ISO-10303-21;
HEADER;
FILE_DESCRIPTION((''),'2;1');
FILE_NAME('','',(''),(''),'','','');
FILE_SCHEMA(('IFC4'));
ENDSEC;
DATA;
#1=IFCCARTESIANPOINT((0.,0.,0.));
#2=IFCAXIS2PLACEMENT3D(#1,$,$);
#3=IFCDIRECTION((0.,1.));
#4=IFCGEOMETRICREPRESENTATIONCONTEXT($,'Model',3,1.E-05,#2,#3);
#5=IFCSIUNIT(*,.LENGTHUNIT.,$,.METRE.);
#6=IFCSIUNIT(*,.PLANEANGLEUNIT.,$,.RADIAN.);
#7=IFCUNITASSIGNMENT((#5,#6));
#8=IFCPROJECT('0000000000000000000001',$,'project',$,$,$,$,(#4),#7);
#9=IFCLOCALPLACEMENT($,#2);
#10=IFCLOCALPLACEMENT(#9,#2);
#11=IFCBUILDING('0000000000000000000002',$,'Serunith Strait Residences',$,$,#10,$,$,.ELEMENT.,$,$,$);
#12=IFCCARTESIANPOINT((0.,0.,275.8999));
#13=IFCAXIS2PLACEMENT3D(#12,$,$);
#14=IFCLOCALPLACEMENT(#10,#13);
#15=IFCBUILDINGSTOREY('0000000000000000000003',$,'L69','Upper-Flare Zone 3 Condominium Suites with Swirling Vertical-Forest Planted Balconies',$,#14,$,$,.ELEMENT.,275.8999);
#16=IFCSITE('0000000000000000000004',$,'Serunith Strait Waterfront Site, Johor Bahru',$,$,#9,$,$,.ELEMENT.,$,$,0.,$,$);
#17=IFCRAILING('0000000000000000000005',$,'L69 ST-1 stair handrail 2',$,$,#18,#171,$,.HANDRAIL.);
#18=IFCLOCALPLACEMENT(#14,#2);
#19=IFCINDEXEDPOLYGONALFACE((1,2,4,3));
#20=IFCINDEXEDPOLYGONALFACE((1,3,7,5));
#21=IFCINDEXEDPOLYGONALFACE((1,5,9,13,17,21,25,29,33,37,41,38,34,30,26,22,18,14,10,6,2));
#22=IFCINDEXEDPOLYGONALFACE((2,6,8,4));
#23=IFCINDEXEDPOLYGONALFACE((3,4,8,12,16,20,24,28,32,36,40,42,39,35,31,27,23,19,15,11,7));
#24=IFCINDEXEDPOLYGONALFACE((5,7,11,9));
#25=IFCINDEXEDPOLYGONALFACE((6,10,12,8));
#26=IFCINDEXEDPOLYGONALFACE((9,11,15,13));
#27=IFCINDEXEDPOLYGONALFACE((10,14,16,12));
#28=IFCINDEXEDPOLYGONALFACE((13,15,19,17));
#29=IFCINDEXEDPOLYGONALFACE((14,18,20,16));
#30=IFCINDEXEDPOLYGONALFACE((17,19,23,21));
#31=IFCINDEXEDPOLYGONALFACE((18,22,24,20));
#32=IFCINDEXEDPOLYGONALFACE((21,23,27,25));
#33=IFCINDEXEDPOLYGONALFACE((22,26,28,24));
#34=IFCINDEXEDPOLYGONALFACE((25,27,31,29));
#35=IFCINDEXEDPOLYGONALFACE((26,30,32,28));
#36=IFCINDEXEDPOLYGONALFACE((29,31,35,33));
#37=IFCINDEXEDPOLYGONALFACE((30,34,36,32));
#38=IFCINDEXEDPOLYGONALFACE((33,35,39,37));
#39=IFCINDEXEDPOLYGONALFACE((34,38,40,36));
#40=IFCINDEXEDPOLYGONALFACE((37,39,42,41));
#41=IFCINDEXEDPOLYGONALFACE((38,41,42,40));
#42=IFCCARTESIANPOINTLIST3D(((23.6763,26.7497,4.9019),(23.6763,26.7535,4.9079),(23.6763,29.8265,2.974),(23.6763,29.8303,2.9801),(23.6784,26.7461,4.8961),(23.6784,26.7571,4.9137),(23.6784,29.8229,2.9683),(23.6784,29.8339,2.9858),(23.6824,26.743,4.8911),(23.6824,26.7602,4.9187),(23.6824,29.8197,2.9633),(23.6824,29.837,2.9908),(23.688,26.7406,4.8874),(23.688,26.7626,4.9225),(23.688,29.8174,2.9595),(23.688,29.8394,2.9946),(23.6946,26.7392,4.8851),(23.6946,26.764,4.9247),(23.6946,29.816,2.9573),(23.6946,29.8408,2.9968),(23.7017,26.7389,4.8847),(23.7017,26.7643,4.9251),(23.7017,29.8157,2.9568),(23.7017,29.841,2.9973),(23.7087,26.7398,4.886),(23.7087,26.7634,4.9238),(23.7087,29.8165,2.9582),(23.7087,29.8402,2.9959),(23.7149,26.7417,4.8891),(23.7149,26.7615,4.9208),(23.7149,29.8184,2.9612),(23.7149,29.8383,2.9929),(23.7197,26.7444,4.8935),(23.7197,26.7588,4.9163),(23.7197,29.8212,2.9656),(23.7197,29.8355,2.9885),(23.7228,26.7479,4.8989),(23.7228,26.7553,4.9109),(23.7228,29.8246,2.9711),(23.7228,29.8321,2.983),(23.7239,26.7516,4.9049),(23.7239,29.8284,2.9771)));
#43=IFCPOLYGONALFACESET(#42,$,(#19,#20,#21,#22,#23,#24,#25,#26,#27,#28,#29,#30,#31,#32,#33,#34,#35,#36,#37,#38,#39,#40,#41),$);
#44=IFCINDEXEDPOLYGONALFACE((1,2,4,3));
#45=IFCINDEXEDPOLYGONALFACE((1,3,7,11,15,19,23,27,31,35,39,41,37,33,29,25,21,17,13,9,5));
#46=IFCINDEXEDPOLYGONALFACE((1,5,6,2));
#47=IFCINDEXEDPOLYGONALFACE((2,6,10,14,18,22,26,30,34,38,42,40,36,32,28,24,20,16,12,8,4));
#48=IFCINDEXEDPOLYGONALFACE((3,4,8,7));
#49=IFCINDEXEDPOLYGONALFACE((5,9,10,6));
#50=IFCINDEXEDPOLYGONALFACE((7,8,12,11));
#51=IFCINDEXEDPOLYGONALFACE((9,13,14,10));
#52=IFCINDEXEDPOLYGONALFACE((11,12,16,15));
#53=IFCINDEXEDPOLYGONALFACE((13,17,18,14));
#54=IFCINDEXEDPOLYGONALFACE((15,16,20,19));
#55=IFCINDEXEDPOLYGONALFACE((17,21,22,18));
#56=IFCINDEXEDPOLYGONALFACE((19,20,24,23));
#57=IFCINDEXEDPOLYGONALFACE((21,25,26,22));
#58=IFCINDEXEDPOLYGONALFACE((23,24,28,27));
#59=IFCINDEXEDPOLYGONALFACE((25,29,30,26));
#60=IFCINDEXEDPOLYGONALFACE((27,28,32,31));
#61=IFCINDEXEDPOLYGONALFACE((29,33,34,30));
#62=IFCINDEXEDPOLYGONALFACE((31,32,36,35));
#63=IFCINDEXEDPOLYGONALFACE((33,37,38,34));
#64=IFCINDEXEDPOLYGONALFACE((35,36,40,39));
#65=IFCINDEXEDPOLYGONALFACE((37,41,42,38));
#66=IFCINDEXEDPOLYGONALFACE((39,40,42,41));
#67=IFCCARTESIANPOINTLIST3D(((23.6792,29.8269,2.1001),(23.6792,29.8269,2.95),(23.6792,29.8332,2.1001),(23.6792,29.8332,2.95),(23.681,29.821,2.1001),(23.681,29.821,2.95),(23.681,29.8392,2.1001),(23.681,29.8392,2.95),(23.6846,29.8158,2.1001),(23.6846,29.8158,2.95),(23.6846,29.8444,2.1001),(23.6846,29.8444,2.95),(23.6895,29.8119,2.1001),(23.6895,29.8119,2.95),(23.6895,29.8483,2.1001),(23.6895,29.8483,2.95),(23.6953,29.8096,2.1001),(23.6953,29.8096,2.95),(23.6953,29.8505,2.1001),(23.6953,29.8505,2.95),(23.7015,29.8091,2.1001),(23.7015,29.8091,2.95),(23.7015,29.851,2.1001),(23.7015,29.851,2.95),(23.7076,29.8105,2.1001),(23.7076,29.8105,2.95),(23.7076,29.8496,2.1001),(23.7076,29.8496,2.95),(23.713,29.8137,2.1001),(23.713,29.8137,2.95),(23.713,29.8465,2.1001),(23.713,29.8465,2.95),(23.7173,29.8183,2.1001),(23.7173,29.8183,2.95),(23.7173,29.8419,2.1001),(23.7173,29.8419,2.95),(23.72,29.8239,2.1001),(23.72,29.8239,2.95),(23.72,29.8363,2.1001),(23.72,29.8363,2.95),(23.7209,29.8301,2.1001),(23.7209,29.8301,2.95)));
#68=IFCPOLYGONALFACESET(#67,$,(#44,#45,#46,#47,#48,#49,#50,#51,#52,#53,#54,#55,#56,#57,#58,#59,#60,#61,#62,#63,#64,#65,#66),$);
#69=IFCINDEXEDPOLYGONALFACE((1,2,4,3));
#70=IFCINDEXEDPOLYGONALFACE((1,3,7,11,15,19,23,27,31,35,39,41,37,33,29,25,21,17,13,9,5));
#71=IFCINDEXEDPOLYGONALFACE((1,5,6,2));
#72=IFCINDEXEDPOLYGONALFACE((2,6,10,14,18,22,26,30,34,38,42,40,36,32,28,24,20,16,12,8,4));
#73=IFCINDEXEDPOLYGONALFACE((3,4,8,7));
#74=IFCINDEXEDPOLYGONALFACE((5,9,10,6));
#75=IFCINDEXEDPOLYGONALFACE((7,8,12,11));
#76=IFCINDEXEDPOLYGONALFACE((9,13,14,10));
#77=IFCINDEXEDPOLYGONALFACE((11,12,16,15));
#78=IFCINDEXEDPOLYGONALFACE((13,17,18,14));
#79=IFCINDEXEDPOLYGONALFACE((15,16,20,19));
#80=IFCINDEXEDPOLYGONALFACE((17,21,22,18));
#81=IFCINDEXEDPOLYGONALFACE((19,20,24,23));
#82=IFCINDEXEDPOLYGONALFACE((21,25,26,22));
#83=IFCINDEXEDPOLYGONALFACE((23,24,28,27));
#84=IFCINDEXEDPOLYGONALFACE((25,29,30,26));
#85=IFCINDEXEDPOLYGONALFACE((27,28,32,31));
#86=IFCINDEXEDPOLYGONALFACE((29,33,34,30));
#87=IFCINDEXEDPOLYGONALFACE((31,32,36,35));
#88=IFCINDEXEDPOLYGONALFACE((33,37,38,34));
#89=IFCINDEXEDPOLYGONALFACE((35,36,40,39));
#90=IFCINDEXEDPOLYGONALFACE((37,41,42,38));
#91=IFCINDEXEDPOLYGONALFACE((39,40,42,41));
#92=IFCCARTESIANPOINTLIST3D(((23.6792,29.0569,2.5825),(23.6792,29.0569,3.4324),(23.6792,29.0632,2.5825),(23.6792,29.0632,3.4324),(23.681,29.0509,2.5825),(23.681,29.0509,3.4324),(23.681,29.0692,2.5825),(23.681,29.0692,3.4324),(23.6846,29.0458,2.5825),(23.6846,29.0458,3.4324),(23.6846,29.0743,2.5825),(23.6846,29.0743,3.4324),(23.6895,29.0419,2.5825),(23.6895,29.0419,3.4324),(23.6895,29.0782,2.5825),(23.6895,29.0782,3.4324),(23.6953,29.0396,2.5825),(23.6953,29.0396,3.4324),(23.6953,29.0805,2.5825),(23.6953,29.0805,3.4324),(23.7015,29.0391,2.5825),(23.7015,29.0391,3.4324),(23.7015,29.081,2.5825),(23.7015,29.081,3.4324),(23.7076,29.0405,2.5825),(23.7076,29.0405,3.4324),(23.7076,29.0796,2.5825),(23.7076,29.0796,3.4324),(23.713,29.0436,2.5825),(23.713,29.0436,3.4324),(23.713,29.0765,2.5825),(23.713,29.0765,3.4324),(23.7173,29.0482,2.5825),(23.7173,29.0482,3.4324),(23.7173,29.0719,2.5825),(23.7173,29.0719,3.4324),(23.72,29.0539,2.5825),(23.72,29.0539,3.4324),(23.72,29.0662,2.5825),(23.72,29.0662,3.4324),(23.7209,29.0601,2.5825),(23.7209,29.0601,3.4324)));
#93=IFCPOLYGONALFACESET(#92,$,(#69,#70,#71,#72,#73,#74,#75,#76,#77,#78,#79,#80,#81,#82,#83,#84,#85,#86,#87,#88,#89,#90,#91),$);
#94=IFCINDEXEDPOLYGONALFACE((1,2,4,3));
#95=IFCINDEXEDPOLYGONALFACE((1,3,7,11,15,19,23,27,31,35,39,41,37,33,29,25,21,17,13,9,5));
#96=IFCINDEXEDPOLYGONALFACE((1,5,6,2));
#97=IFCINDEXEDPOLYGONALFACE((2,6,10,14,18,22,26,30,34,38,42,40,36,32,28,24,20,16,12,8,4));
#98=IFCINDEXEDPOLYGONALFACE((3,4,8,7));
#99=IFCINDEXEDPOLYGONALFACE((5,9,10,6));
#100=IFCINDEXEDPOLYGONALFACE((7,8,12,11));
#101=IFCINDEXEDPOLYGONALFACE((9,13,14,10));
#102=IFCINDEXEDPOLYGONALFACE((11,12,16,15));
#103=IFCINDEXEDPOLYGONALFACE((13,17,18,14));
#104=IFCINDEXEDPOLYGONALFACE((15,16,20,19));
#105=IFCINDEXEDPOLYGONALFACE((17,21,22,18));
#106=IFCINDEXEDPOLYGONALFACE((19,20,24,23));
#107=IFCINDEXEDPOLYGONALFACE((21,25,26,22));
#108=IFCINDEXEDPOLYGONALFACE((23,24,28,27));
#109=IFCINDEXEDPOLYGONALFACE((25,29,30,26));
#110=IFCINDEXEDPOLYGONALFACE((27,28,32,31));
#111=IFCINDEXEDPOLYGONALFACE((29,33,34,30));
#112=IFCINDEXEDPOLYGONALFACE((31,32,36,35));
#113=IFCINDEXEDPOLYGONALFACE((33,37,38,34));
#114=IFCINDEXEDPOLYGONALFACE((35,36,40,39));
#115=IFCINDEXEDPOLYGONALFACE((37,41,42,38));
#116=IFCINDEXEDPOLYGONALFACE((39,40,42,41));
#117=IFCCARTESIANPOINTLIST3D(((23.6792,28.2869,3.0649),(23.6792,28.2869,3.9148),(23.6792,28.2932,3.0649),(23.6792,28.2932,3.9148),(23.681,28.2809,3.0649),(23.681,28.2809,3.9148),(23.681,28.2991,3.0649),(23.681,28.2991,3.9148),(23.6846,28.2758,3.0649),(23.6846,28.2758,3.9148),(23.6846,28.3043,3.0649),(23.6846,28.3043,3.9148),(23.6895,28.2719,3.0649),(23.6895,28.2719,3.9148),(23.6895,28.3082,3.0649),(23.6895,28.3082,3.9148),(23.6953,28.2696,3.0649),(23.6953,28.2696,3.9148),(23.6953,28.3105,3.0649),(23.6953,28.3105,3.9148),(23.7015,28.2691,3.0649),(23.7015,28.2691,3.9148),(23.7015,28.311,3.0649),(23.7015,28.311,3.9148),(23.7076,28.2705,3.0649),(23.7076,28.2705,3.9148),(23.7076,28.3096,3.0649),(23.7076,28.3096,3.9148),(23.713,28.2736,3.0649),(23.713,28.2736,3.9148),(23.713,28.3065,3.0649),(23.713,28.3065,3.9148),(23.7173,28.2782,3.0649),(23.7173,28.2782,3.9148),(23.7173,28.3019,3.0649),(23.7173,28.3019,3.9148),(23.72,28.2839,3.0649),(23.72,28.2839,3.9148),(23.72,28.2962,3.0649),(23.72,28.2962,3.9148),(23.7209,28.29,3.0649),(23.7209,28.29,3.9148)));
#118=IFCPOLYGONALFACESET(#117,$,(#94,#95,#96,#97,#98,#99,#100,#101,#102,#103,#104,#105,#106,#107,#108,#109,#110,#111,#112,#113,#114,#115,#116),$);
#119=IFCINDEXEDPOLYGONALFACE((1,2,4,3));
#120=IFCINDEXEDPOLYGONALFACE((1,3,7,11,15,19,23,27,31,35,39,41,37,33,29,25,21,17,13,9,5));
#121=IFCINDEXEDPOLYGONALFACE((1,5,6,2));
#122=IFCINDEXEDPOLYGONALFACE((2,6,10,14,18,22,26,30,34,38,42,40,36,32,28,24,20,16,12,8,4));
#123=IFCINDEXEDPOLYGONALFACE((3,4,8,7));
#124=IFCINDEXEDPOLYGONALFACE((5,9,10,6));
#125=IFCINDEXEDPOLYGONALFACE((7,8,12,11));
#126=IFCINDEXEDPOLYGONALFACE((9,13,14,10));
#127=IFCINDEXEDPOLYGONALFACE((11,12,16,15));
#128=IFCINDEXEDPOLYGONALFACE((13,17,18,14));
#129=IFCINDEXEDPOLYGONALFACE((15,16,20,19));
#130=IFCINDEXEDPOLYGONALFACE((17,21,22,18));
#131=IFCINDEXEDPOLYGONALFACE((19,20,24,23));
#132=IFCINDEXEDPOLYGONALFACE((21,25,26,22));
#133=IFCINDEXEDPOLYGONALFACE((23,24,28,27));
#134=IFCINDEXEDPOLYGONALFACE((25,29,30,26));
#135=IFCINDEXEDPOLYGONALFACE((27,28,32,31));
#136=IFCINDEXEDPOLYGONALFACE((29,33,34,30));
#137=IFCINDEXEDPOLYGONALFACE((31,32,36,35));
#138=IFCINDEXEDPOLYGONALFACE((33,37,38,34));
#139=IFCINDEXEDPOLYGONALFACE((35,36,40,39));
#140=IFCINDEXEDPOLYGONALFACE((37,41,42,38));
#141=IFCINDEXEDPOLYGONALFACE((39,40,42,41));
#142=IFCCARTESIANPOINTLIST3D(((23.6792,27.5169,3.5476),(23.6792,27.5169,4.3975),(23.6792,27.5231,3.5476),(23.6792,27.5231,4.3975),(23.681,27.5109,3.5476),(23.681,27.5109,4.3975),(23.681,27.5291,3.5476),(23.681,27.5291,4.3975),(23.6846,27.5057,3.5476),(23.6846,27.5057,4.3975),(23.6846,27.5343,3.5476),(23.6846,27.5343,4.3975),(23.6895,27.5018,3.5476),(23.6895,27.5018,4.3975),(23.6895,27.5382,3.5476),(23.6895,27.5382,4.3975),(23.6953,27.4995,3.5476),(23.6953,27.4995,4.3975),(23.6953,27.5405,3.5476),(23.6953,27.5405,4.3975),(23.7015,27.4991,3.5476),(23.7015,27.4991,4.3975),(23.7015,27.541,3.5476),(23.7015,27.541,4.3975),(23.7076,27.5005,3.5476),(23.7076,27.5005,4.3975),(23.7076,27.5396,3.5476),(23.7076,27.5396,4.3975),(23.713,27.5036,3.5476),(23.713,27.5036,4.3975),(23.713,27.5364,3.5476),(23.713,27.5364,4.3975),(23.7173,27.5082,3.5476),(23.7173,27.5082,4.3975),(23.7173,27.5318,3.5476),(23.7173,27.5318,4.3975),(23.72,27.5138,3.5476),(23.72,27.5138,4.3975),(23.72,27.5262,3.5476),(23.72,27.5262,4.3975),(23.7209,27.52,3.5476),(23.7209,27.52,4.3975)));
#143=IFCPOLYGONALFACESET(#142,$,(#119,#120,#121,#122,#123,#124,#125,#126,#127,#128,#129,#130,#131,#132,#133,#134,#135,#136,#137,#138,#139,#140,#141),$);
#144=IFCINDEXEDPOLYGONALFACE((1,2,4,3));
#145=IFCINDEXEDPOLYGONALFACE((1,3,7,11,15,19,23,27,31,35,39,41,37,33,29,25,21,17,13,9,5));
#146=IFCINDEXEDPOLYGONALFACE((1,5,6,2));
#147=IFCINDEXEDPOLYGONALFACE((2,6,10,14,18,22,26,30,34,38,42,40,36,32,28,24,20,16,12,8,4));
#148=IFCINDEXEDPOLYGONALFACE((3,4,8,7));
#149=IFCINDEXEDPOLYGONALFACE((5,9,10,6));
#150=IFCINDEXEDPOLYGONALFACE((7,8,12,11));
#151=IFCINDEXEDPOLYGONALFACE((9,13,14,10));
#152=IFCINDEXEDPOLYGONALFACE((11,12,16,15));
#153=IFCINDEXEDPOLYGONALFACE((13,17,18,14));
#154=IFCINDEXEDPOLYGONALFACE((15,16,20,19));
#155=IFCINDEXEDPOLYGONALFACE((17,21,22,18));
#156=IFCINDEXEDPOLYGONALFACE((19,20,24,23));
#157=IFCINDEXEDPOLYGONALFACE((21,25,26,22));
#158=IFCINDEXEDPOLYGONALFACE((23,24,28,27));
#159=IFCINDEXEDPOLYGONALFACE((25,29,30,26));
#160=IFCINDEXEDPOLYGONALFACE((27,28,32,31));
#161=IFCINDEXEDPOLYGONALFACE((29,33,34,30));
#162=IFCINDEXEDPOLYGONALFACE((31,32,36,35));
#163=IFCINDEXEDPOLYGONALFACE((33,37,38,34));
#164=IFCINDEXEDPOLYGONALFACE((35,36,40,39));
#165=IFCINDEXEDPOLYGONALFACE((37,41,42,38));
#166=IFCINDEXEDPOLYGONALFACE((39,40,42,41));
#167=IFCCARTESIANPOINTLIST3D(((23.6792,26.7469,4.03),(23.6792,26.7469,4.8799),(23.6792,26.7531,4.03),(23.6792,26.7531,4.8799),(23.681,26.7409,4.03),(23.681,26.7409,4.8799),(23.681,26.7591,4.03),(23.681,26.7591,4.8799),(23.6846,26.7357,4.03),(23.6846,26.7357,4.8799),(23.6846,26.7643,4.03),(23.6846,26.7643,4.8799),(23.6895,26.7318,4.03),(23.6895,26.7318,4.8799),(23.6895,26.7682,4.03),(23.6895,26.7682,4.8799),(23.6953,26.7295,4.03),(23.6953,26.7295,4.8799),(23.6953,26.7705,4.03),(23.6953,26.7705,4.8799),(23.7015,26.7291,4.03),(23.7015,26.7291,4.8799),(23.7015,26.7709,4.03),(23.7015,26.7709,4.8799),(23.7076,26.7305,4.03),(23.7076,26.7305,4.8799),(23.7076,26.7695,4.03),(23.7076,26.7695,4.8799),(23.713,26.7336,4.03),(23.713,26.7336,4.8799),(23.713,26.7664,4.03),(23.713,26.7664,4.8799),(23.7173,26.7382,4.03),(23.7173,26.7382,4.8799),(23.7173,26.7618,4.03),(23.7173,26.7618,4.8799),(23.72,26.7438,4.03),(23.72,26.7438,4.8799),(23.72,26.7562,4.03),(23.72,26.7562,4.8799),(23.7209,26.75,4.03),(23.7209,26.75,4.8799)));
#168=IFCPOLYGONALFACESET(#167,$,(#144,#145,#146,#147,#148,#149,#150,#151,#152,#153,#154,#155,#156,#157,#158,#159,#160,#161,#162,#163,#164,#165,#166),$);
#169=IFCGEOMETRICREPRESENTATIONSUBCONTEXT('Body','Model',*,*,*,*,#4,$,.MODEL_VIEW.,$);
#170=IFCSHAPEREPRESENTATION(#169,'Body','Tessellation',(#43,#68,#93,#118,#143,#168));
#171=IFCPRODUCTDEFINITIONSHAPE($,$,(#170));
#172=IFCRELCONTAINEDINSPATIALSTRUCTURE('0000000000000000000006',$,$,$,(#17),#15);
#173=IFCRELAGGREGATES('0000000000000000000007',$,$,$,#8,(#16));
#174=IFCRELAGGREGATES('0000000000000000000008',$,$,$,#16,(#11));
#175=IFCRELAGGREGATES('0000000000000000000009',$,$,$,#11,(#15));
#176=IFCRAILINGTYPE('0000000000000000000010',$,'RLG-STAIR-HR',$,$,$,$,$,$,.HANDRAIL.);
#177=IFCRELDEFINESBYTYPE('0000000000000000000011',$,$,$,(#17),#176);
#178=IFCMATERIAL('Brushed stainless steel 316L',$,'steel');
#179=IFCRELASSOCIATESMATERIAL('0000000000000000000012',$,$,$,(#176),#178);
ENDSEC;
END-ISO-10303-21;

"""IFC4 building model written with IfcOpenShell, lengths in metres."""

from ifc_helpers import new_model, si_unit, direction, frame, origin, origin_2d, place, context, subcontext, project, spatial, circle, extrude, material, type_object, element, save


model = new_model("IFC4")

# Units and contexts
model_context = context("Model", 3, precision=1e-05, world=origin(), true_north=direction((0.0, 1.0)))
body_context = subcontext(model_context, "Body", "Model", "MODEL_VIEW")
ifc_project = project(units=[si_unit("LENGTHUNIT", "METRE"), si_unit("PLANEANGLEUNIT", "RADIAN")], contexts=[model_context])

# Site, building, storey
site_placement = place(None, origin())
site = spatial("IfcSite", under=ifc_project, at=site_placement, Name="Serunith Strait Waterfront Site, Johor Bahru", CompositionType="ELEMENT", RefElevation=0.0)
building_placement = place(site_placement, origin())
building = spatial("IfcBuilding", under=site, at=building_placement, Name="Serunith Strait Residences", CompositionType="ELEMENT")
storey_placement = place(building_placement, frame((0.0, 0.0, 275.8999)))
storey = spatial("IfcBuildingStorey", under=building, at=storey_placement, Name="L69", Description="Upper-Flare Zone 3 Condominium Suites with Swirling Vertical-Forest Planted Balconies", CompositionType="ELEMENT", Elevation=275.8999)

# Railing
ifc_material_1 = material(Name="Brushed stainless steel 316L", Category="steel")
railing_type_1 = type_object("IfcRailingType", Name="RLG-STAIR-HR", PredefinedType="HANDRAIL", material=ifc_material_1)
railing_1_placement = place(storey_placement, frame((23.7, 29.8301, 2.1001)))
element("IfcRailing", 1, at=railing_1_placement, inside=storey, type_object=railing_type_1, Name="L69 ST-1 stair handrail 2", PredefinedType="HANDRAIL", context=body_context, shape_type="SweptSolid", body=[
    extrude(circle(Radius=0.0239, at=origin_2d()), frame((0.0, -0.0017, 0.877), z_axis=(0.0, -0.847394, 0.530965), x_axis=(1.0, 0.0, 0.0)), (0.0, 0.0, 1.0), 3.6309),
    extrude(circle(Radius=0.021, at=origin_2d()), origin(), (0.0, 0.0, 1.0), 0.8499),
    extrude(circle(Radius=0.021, at=origin_2d()), frame((0.0, -0.77, 0.4824)), (0.0, 0.0, 1.0), 0.8499),
    extrude(circle(Radius=0.021, at=origin_2d()), frame((0.0, -1.54, 0.9648)), (0.0, 0.0, 1.0), 0.8499),
    extrude(circle(Radius=0.021, at=origin_2d()), frame((0.0, -2.3101, 1.4475)), (0.0, 0.0, 1.0), 0.8499),
    extrude(circle(Radius=0.021, at=origin_2d()), frame((0.0, -3.0801, 1.9299)), (0.0, 0.0, 1.0), 0.8499),
])

save(model, "model.ifc")
